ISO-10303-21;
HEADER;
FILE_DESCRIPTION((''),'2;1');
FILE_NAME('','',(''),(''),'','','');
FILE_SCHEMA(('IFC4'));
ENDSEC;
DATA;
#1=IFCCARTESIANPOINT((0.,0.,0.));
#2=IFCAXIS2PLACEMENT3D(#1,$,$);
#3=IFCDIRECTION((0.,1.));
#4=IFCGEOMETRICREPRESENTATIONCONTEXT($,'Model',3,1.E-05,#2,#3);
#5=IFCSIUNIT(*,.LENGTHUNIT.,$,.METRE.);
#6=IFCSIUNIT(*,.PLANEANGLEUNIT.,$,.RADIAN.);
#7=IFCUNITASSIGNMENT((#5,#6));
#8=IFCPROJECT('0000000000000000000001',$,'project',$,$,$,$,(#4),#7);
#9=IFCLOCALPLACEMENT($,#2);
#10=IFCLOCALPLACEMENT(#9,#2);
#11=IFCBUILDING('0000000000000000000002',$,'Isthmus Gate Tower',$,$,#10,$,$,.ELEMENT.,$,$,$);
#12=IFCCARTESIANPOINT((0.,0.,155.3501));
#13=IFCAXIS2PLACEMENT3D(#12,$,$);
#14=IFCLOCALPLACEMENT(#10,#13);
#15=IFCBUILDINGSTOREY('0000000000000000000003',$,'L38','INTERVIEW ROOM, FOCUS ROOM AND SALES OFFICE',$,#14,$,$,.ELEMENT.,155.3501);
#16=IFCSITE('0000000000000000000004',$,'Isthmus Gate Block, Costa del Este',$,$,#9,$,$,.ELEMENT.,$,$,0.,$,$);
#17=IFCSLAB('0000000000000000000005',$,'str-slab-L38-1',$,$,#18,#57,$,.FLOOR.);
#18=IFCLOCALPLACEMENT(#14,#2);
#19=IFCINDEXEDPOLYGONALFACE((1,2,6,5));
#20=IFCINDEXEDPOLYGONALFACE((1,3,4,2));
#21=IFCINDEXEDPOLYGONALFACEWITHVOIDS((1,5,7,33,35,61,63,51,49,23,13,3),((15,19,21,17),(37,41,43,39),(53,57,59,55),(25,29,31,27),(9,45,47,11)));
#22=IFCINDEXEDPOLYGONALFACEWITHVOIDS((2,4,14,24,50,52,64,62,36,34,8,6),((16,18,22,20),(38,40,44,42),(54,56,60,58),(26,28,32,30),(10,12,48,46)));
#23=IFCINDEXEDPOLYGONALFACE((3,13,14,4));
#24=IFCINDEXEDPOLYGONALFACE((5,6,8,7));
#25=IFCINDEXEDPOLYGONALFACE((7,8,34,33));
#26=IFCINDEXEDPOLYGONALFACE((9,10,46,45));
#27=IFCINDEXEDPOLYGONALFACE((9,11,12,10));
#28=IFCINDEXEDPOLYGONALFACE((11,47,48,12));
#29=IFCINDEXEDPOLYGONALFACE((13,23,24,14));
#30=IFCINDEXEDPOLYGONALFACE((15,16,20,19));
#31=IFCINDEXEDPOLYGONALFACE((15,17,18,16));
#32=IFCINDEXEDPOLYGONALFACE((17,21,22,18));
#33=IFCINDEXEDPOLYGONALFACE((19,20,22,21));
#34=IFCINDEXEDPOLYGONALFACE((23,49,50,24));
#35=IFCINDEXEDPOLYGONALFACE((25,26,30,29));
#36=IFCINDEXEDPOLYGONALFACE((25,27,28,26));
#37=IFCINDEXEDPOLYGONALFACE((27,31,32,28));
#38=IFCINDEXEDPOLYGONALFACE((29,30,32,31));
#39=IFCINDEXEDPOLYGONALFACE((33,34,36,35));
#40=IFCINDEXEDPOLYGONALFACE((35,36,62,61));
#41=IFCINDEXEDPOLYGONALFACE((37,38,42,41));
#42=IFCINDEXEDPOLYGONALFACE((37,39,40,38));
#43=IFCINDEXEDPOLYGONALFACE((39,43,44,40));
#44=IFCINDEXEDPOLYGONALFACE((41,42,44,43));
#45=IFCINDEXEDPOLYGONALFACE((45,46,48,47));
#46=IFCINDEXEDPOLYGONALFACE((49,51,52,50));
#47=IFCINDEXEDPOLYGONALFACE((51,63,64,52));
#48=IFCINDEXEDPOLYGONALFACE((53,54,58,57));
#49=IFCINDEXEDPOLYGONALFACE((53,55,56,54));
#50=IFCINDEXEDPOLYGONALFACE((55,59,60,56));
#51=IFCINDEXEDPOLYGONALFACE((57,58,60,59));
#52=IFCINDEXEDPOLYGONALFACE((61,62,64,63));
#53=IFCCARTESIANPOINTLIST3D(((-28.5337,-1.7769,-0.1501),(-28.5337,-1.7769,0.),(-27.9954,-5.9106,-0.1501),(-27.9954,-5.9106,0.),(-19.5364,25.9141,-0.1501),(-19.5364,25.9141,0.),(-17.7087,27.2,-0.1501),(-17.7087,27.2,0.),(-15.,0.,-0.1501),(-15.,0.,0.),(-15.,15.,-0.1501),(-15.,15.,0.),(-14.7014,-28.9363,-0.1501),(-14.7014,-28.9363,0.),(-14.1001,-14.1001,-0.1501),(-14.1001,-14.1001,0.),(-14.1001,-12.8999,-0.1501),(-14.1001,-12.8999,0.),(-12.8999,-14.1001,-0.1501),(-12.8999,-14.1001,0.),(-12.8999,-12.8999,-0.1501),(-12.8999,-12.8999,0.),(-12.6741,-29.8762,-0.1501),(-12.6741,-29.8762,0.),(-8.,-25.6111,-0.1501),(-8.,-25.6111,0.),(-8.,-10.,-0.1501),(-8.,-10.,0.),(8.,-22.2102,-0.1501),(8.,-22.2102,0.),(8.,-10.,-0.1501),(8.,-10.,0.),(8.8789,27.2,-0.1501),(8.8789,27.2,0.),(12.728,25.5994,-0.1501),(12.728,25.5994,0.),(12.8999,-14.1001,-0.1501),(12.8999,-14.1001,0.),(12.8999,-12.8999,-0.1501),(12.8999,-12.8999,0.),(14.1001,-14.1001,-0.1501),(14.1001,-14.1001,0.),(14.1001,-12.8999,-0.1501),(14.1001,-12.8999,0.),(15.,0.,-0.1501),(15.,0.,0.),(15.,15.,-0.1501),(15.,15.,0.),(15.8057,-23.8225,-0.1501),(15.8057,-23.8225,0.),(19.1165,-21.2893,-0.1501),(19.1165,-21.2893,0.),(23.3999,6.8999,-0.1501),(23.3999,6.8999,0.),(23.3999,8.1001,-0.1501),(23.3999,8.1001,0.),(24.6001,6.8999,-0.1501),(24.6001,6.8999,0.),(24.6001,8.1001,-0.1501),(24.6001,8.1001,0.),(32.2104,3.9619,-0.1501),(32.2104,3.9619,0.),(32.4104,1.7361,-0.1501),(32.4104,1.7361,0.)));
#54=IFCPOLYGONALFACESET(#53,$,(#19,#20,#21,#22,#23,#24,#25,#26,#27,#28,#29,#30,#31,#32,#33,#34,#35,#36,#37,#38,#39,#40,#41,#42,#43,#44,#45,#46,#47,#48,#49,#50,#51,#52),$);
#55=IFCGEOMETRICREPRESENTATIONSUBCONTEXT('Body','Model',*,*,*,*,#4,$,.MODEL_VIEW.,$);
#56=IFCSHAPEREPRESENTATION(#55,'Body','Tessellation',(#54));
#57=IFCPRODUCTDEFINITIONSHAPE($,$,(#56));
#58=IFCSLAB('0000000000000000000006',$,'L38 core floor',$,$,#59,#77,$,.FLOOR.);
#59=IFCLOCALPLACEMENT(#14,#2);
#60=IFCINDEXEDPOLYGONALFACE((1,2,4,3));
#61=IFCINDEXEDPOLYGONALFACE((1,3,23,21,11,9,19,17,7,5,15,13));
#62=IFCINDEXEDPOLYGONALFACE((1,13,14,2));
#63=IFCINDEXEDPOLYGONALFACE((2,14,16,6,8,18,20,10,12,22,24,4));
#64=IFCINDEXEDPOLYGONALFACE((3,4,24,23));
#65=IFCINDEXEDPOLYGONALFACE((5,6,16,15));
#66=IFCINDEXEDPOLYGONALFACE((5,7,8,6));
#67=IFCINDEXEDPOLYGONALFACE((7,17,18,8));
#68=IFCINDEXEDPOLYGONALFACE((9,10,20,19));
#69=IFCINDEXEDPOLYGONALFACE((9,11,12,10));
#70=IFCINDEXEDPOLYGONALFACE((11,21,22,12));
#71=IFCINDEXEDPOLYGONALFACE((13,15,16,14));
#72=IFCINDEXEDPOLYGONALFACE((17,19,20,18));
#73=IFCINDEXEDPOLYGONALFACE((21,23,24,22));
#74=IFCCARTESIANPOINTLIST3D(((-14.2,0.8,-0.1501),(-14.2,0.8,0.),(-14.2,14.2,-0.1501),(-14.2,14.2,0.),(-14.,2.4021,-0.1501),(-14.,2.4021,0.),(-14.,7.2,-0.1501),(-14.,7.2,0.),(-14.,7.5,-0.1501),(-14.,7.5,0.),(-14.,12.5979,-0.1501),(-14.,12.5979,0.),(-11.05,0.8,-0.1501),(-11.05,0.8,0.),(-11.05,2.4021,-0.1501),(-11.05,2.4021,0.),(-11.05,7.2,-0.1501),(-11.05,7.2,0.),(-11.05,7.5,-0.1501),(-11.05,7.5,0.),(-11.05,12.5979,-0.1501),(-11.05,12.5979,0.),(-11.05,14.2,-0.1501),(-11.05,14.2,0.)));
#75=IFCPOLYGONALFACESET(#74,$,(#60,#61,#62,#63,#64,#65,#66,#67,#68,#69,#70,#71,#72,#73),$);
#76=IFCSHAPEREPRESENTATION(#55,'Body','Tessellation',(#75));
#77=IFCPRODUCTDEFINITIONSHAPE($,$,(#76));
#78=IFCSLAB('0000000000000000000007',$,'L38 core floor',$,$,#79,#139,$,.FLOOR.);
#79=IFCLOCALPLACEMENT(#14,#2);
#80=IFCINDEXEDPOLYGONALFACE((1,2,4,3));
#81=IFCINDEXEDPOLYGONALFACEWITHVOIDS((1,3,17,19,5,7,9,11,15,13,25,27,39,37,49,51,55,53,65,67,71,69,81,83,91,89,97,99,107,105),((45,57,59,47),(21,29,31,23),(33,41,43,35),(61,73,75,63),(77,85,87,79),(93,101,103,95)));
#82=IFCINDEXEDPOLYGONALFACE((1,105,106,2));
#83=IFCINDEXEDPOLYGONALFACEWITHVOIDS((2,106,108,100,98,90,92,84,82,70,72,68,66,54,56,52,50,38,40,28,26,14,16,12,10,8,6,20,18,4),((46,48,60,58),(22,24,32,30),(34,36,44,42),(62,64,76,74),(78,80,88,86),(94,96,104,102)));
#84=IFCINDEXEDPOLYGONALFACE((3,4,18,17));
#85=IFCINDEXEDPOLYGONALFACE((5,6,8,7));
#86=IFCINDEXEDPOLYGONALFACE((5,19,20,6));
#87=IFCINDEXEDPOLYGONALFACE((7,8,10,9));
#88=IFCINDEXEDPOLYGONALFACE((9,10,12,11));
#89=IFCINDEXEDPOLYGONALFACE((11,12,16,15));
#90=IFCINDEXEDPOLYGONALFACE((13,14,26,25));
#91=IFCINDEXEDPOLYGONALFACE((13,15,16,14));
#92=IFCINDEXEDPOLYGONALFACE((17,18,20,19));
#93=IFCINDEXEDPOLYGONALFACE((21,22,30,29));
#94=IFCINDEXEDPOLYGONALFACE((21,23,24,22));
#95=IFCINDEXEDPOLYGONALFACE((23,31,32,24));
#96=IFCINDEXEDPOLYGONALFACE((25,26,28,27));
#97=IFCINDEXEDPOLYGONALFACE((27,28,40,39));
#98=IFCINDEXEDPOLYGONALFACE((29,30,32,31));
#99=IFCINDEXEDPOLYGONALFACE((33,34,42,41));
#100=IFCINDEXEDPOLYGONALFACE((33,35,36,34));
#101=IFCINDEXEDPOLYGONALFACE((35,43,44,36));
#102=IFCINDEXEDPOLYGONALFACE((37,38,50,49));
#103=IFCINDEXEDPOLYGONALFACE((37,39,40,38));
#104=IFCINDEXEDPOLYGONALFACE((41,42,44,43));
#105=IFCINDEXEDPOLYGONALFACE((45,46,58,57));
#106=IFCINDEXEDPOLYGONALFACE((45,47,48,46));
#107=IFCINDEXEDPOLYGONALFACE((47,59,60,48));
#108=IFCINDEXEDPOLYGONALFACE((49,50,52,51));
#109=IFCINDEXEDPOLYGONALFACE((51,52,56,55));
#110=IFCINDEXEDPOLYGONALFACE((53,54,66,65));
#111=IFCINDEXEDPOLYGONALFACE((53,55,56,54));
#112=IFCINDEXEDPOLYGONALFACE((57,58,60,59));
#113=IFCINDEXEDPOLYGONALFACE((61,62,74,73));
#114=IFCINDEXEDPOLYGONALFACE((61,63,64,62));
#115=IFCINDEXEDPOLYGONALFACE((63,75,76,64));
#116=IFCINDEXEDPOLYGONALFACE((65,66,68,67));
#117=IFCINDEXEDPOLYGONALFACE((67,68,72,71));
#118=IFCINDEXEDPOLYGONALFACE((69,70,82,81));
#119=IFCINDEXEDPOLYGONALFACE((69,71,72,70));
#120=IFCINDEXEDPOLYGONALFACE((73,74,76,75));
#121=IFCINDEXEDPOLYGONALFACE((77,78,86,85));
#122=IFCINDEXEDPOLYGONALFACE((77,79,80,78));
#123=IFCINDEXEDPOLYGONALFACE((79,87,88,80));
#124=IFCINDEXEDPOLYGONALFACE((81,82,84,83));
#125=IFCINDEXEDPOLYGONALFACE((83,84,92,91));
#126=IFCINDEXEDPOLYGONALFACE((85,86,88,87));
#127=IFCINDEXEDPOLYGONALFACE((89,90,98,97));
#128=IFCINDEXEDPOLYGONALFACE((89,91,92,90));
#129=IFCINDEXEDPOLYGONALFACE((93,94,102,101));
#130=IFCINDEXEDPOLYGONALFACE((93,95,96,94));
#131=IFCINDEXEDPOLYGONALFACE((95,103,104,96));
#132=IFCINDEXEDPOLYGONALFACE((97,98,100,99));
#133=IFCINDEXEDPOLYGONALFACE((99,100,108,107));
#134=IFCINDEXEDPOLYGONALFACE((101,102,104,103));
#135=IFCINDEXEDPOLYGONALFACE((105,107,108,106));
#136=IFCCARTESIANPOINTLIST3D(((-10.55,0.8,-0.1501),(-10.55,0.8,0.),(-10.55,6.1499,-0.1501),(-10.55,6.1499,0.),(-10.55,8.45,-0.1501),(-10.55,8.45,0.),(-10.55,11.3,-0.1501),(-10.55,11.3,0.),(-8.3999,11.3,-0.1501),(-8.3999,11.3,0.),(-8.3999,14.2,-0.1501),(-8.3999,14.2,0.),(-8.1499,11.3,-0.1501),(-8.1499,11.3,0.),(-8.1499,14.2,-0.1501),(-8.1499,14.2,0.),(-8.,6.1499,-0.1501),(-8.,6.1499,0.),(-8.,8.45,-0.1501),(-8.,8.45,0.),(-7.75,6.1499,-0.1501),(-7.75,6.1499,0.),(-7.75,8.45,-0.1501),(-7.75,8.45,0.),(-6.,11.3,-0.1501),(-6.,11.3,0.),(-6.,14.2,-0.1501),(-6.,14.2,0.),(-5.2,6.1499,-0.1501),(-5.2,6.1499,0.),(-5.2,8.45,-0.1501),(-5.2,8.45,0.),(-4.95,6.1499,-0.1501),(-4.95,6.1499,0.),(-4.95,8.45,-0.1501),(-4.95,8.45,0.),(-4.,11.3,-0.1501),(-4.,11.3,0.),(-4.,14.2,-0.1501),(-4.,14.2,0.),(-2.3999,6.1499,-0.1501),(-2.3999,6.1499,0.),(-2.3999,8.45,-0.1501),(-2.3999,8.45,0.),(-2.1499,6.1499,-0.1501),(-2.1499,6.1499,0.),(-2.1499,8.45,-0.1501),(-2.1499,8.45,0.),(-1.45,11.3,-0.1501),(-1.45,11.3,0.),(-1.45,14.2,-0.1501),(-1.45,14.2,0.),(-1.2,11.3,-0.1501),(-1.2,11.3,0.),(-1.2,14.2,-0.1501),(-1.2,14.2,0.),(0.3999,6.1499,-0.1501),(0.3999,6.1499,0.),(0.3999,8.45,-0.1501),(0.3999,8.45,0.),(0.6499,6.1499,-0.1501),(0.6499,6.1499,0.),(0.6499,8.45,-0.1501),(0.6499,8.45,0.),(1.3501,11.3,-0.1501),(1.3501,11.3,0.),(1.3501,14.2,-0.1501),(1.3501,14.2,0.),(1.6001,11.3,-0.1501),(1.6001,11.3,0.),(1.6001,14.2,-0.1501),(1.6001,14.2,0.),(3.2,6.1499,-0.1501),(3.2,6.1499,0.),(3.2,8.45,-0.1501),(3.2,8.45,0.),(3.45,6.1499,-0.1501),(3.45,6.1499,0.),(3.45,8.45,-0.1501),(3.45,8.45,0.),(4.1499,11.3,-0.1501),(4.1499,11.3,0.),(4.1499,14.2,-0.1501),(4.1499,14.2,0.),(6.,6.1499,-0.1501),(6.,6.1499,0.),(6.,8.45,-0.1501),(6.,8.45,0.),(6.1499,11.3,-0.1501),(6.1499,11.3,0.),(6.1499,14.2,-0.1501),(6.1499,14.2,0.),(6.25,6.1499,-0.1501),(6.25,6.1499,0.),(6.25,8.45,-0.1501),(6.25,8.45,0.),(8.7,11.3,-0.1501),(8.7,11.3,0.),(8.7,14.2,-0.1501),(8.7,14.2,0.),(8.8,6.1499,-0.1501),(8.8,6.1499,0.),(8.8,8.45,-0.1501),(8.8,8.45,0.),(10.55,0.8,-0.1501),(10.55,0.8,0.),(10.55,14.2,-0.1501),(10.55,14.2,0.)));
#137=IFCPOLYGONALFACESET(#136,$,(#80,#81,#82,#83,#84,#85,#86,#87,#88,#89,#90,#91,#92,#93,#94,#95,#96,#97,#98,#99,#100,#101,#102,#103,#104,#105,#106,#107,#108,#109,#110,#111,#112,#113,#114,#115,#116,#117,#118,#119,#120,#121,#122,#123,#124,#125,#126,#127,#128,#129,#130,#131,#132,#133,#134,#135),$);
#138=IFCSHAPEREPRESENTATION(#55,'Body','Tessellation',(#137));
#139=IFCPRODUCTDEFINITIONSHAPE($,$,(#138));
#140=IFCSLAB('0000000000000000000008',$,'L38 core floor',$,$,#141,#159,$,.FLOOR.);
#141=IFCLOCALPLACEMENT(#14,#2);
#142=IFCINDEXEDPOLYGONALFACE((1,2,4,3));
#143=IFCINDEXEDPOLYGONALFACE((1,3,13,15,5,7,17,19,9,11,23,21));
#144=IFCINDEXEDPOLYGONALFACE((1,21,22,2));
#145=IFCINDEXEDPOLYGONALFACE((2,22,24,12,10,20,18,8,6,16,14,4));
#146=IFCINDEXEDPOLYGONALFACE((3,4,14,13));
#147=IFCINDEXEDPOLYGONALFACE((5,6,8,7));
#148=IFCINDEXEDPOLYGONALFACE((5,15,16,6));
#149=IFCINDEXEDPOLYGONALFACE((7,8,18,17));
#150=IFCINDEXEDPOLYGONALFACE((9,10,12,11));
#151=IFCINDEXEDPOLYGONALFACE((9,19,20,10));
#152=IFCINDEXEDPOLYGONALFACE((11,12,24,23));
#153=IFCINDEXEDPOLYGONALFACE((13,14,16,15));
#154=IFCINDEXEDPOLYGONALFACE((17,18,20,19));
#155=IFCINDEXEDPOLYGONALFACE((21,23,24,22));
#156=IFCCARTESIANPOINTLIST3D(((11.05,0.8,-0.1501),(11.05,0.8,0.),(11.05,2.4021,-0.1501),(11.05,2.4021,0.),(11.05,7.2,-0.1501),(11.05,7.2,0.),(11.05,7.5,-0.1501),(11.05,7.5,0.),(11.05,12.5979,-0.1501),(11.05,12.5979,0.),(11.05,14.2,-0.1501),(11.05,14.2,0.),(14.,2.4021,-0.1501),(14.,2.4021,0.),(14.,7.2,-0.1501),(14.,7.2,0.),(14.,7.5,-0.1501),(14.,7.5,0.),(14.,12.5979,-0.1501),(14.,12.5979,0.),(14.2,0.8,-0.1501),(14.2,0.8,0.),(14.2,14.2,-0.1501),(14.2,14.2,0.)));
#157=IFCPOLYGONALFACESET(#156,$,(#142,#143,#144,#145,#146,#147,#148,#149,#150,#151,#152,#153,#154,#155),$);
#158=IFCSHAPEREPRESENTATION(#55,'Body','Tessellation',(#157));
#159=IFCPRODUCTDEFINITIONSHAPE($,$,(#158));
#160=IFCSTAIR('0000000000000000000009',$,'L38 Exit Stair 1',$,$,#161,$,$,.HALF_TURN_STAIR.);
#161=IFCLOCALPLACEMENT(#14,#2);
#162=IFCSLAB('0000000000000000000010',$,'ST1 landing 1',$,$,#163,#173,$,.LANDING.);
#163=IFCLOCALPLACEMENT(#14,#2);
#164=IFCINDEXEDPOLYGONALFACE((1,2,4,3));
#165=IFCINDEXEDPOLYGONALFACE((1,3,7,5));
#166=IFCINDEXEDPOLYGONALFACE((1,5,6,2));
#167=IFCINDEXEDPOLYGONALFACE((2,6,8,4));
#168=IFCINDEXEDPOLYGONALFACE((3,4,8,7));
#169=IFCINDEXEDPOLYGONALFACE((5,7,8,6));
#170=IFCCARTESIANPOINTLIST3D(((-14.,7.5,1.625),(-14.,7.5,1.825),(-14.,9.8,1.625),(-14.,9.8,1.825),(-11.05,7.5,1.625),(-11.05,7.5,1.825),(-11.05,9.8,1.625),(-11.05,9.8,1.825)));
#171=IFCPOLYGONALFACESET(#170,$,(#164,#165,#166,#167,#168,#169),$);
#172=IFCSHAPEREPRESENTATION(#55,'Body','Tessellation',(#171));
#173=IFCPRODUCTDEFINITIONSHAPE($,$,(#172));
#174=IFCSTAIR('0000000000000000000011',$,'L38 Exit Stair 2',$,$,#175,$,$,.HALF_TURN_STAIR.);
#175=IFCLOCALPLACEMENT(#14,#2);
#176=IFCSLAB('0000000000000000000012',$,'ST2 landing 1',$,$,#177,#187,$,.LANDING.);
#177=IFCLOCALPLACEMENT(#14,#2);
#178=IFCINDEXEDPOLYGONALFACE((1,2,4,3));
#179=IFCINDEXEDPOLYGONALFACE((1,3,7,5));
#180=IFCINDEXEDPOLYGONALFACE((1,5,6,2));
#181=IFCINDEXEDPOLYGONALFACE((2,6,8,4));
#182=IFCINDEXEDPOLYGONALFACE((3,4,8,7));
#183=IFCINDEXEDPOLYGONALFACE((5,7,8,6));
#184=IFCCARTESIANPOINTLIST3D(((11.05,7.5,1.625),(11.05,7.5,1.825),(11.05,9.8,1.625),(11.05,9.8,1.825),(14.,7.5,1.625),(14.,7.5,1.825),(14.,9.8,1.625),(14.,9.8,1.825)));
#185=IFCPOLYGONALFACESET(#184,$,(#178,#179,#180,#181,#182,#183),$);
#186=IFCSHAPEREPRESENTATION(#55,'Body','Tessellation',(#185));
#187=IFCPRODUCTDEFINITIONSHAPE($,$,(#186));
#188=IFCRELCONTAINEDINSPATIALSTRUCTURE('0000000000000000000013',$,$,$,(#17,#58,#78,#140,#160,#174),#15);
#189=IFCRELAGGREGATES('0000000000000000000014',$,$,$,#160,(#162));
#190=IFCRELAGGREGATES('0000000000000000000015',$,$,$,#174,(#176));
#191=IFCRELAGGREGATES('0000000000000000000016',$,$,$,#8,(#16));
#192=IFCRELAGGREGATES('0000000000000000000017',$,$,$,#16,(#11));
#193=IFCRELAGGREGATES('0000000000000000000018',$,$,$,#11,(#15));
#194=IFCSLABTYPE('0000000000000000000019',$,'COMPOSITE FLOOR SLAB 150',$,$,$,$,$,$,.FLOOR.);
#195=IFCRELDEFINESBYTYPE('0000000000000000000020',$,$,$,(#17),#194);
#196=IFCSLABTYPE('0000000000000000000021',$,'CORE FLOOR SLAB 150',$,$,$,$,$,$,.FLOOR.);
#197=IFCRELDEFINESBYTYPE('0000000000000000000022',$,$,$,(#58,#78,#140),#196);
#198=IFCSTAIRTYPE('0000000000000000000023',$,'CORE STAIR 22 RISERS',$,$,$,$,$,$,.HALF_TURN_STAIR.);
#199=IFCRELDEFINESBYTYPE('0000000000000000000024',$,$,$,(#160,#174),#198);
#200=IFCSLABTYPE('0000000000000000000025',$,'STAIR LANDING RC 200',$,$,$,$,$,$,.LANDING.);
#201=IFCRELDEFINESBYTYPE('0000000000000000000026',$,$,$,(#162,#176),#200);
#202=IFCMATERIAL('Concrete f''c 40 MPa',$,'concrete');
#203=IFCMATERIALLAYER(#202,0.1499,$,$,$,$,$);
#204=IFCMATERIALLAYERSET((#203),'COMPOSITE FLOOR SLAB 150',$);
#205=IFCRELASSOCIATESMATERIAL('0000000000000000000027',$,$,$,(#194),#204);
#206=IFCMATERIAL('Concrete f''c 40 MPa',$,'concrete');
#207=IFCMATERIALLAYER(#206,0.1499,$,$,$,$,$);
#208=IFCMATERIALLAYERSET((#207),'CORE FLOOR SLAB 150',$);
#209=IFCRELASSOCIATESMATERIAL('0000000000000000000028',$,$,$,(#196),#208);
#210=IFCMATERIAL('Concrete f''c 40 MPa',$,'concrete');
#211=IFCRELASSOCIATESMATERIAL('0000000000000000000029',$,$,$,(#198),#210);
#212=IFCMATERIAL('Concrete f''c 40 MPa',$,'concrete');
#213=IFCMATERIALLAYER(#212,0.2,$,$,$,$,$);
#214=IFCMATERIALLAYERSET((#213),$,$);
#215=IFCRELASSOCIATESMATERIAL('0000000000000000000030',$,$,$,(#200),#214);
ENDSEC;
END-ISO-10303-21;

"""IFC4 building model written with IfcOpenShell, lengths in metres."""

from ifc_helpers import new_model, si_unit, direction, frame, origin, place, context, subcontext, project, spatial, polyline, outline, extrude, material, layer, layer_set, type_object, element, aggregate, save


model = new_model("IFC4")

# Units and contexts
model_context = context("Model", 3, precision=1e-05, world=origin(), true_north=direction((0.0, 1.0)))
body_context = subcontext(model_context, "Body", "Model", "MODEL_VIEW")
ifc_project = project(units=[si_unit("LENGTHUNIT", "METRE"), si_unit("PLANEANGLEUNIT", "RADIAN")], contexts=[model_context])

# Site, building, storey
site_placement = place(None, origin())
site = spatial("IfcSite", under=ifc_project, at=site_placement, Name="Isthmus Gate Block, Costa del Este", CompositionType="ELEMENT", RefElevation=0.0)
building_placement = place(site_placement, origin())
building = spatial("IfcBuilding", under=site, at=building_placement, Name="Isthmus Gate Tower", CompositionType="ELEMENT")
storey_placement = place(building_placement, frame((0.0, 0.0, 155.3501)))
storey = spatial("IfcBuildingStorey", under=building, at=storey_placement, Name="L38", Description="INTERVIEW ROOM, FOCUS ROOM AND SALES OFFICE", CompositionType="ELEMENT", Elevation=155.3501)

# Slabs
ifc_material_1 = material(Name="Concrete f'c 40 MPa", Category="concrete")
ifc_layer_1 = layer(ifc_material_1, 0.1499)
ifc_layer_set_1 = layer_set([ifc_layer_1], Name="COMPOSITE FLOOR SLAB 150")
slab_type_1 = type_object("IfcSlabType", Name="COMPOSITE FLOOR SLAB 150", PredefinedType="FLOOR", material=ifc_layer_set_1)
slab_1_placement = place(storey_placement, frame((0.0, 0.0, -0.1501)))
element("IfcSlab", 1, at=slab_1_placement, inside=storey, type_object=slab_type_1, Name="str-slab-L38-1", PredefinedType="FLOOR", context=body_context, shape_type="SweptSolid", body=[
    extrude(outline(polyline([(12.728, 25.5994), (32.2104, 3.9619), (32.4104, 1.7361), (19.1165, -21.2893), (15.8057, -23.8225), (-12.6741, -29.8762), (-14.7014, -28.9363), (-27.9954, -5.9106), (-28.5337, -1.7769), (-19.5364, 25.9141), (-17.7087, 27.2), (8.8789, 27.2), (12.728, 25.5994)]), holes=[polyline([(-8.0, -10.0), (-8.0, -25.6111), (8.0, -22.2102), (8.0, -10.0), (-8.0, -10.0)]), polyline([(-14.1001, -12.8999), (-14.1001, -14.1001), (-12.8999, -14.1001), (-12.8999, -12.8999), (-14.1001, -12.8999)]), polyline([(14.1001, -12.8999), (12.8999, -12.8999), (12.8999, -14.1001), (14.1001, -14.1001), (14.1001, -12.8999)]), polyline([(-15.0, 15.0), (-15.0, 0.0), (15.0, 0.0), (15.0, 15.0), (-15.0, 15.0)]), polyline([(24.6001, 6.8999), (24.6001, 8.1001), (23.3999, 8.1001), (23.3999, 6.8999), (24.6001, 6.8999)])]), origin(), (0.0, 0.0, 1.0), 0.1501),
])
ifc_material_2 = material(Name="Concrete f'c 40 MPa", Category="concrete")
ifc_layer_2 = layer(ifc_material_2, 0.1499)
ifc_layer_set_2 = layer_set([ifc_layer_2], Name="CORE FLOOR SLAB 150")
slab_type_2 = type_object("IfcSlabType", Name="CORE FLOOR SLAB 150", PredefinedType="FLOOR", material=ifc_layer_set_2)
slab_2_placement = place(storey_placement, frame((0.0, 0.0, -0.1501)))
element("IfcSlab", 2, at=slab_2_placement, inside=storey, type_object=slab_type_2, Name="L38 core floor", PredefinedType="FLOOR", context=body_context, shape_type="SweptSolid", body=[
    extrude(outline(polyline([(-11.05, 0.8), (-11.05, 2.4021), (-14.0, 2.4021), (-14.0, 7.2), (-11.05, 7.2), (-11.05, 7.5), (-14.0, 7.5), (-14.0, 12.5979), (-11.05, 12.5979), (-11.05, 14.2), (-14.2, 14.2), (-14.2, 0.8), (-11.05, 0.8)])), origin(), (0.0, 0.0, 1.0), 0.1501),
])
slab_3_placement = place(storey_placement, frame((0.0, 0.0, -0.1501)))
element("IfcSlab", 3, at=slab_3_placement, inside=storey, type_object=slab_type_2, Name="L38 core floor", PredefinedType="FLOOR", context=body_context, shape_type="SweptSolid", body=[
    extrude(outline(polyline([(10.55, 14.2), (8.7, 14.2), (8.7, 11.3), (6.1499, 11.3), (6.1499, 14.2), (4.1499, 14.2), (4.1499, 11.3), (1.6001, 11.3), (1.6001, 14.2), (1.3501, 14.2), (1.3501, 11.3), (-1.2, 11.3), (-1.2, 14.2), (-1.45, 14.2), (-1.45, 11.3), (-4.0, 11.3), (-4.0, 14.2), (-6.0, 14.2), (-6.0, 11.3), (-8.1499, 11.3), (-8.1499, 14.2), (-8.3999, 14.2), (-8.3999, 11.3), (-10.55, 11.3), (-10.55, 8.45), (-8.0, 8.45), (-8.0, 6.1499), (-10.55, 6.1499), (-10.55, 0.8), (10.55, 0.8), (10.55, 14.2)]), holes=[polyline([(-5.2, 8.45), (-5.2, 6.1499), (-7.75, 6.1499), (-7.75, 8.45), (-5.2, 8.45)]), polyline([(-2.3999, 8.45), (-2.3999, 6.1499), (-4.95, 6.1499), (-4.95, 8.45), (-2.3999, 8.45)]), polyline([(0.3999, 8.45), (0.3999, 6.1499), (-2.1499, 6.1499), (-2.1499, 8.45), (0.3999, 8.45)]), polyline([(3.2, 8.45), (3.2, 6.1499), (0.6499, 6.1499), (0.6499, 8.45), (3.2, 8.45)]), polyline([(6.0, 8.45), (6.0, 6.1499), (3.45, 6.1499), (3.45, 8.45), (6.0, 8.45)]), polyline([(8.8, 8.45), (8.8, 6.1499), (6.25, 6.1499), (6.25, 8.45), (8.8, 8.45)])]), origin(), (0.0, 0.0, 1.0), 0.1501),
])
slab_4_placement = place(storey_placement, frame((0.0, 0.0, -0.1501)))
element("IfcSlab", 4, at=slab_4_placement, inside=storey, type_object=slab_type_2, Name="L38 core floor", PredefinedType="FLOOR", context=body_context, shape_type="SweptSolid", body=[
    extrude(outline(polyline([(11.05, 14.2), (11.05, 12.5979), (14.0, 12.5979), (14.0, 7.5), (11.05, 7.5), (11.05, 7.2), (14.0, 7.2), (14.0, 2.4021), (11.05, 2.4021), (11.05, 0.8), (14.2, 0.8), (14.2, 14.2), (11.05, 14.2)])), origin(), (0.0, 0.0, 1.0), 0.1501),
])

# Stairs, slabs
ifc_material_3 = material(Name="Concrete f'c 40 MPa", Category="concrete")
stair_type = type_object("IfcStairType", Name="CORE STAIR 22 RISERS", PredefinedType="HALF_TURN_STAIR", material=ifc_material_3)
stair_1_placement = place(storey_placement, origin())
stair_1 = element("IfcStair", 5, at=stair_1_placement, inside=storey, type_object=stair_type, Name="L38 Exit Stair 1", PredefinedType="HALF_TURN_STAIR")
ifc_material_4 = material(Name="Concrete f'c 40 MPa", Category="concrete")
ifc_layer_3 = layer(ifc_material_4, 0.2)
ifc_layer_set_3 = layer_set([ifc_layer_3])
slab_type_3 = type_object("IfcSlabType", Name="STAIR LANDING RC 200", PredefinedType="LANDING", material=ifc_layer_set_3)
slab_5_placement = place(storey_placement, frame((0.0, 0.0, 1.625)))
slab_5 = element("IfcSlab", 6, at=slab_5_placement, type_object=slab_type_3, Name="ST1 landing 1", PredefinedType="LANDING", context=body_context, shape_type="SweptSolid", body=[
    extrude(outline(polyline([(-14.0, 9.8), (-14.0, 7.5), (-11.05, 7.5), (-11.05, 9.8), (-14.0, 9.8)])), origin(), (0.0, 0.0, 1.0), 0.2),
])
aggregate(stair_1, [slab_5])
stair_2_placement = place(storey_placement, origin())
stair_2 = element("IfcStair", 7, at=stair_2_placement, inside=storey, type_object=stair_type, Name="L38 Exit Stair 2", PredefinedType="HALF_TURN_STAIR")
slab_6_placement = place(storey_placement, frame((0.0, 0.0, 1.625)))
slab_6 = element("IfcSlab", 8, at=slab_6_placement, type_object=slab_type_3, Name="ST2 landing 1", PredefinedType="LANDING", context=body_context, shape_type="SweptSolid", body=[
    extrude(outline(polyline([(11.05, 9.8), (11.05, 7.5), (14.0, 7.5), (14.0, 9.8), (11.05, 9.8)])), origin(), (0.0, 0.0, 1.0), 0.2),
])
aggregate(stair_2, [slab_6])

save(model, "model.ifc")
